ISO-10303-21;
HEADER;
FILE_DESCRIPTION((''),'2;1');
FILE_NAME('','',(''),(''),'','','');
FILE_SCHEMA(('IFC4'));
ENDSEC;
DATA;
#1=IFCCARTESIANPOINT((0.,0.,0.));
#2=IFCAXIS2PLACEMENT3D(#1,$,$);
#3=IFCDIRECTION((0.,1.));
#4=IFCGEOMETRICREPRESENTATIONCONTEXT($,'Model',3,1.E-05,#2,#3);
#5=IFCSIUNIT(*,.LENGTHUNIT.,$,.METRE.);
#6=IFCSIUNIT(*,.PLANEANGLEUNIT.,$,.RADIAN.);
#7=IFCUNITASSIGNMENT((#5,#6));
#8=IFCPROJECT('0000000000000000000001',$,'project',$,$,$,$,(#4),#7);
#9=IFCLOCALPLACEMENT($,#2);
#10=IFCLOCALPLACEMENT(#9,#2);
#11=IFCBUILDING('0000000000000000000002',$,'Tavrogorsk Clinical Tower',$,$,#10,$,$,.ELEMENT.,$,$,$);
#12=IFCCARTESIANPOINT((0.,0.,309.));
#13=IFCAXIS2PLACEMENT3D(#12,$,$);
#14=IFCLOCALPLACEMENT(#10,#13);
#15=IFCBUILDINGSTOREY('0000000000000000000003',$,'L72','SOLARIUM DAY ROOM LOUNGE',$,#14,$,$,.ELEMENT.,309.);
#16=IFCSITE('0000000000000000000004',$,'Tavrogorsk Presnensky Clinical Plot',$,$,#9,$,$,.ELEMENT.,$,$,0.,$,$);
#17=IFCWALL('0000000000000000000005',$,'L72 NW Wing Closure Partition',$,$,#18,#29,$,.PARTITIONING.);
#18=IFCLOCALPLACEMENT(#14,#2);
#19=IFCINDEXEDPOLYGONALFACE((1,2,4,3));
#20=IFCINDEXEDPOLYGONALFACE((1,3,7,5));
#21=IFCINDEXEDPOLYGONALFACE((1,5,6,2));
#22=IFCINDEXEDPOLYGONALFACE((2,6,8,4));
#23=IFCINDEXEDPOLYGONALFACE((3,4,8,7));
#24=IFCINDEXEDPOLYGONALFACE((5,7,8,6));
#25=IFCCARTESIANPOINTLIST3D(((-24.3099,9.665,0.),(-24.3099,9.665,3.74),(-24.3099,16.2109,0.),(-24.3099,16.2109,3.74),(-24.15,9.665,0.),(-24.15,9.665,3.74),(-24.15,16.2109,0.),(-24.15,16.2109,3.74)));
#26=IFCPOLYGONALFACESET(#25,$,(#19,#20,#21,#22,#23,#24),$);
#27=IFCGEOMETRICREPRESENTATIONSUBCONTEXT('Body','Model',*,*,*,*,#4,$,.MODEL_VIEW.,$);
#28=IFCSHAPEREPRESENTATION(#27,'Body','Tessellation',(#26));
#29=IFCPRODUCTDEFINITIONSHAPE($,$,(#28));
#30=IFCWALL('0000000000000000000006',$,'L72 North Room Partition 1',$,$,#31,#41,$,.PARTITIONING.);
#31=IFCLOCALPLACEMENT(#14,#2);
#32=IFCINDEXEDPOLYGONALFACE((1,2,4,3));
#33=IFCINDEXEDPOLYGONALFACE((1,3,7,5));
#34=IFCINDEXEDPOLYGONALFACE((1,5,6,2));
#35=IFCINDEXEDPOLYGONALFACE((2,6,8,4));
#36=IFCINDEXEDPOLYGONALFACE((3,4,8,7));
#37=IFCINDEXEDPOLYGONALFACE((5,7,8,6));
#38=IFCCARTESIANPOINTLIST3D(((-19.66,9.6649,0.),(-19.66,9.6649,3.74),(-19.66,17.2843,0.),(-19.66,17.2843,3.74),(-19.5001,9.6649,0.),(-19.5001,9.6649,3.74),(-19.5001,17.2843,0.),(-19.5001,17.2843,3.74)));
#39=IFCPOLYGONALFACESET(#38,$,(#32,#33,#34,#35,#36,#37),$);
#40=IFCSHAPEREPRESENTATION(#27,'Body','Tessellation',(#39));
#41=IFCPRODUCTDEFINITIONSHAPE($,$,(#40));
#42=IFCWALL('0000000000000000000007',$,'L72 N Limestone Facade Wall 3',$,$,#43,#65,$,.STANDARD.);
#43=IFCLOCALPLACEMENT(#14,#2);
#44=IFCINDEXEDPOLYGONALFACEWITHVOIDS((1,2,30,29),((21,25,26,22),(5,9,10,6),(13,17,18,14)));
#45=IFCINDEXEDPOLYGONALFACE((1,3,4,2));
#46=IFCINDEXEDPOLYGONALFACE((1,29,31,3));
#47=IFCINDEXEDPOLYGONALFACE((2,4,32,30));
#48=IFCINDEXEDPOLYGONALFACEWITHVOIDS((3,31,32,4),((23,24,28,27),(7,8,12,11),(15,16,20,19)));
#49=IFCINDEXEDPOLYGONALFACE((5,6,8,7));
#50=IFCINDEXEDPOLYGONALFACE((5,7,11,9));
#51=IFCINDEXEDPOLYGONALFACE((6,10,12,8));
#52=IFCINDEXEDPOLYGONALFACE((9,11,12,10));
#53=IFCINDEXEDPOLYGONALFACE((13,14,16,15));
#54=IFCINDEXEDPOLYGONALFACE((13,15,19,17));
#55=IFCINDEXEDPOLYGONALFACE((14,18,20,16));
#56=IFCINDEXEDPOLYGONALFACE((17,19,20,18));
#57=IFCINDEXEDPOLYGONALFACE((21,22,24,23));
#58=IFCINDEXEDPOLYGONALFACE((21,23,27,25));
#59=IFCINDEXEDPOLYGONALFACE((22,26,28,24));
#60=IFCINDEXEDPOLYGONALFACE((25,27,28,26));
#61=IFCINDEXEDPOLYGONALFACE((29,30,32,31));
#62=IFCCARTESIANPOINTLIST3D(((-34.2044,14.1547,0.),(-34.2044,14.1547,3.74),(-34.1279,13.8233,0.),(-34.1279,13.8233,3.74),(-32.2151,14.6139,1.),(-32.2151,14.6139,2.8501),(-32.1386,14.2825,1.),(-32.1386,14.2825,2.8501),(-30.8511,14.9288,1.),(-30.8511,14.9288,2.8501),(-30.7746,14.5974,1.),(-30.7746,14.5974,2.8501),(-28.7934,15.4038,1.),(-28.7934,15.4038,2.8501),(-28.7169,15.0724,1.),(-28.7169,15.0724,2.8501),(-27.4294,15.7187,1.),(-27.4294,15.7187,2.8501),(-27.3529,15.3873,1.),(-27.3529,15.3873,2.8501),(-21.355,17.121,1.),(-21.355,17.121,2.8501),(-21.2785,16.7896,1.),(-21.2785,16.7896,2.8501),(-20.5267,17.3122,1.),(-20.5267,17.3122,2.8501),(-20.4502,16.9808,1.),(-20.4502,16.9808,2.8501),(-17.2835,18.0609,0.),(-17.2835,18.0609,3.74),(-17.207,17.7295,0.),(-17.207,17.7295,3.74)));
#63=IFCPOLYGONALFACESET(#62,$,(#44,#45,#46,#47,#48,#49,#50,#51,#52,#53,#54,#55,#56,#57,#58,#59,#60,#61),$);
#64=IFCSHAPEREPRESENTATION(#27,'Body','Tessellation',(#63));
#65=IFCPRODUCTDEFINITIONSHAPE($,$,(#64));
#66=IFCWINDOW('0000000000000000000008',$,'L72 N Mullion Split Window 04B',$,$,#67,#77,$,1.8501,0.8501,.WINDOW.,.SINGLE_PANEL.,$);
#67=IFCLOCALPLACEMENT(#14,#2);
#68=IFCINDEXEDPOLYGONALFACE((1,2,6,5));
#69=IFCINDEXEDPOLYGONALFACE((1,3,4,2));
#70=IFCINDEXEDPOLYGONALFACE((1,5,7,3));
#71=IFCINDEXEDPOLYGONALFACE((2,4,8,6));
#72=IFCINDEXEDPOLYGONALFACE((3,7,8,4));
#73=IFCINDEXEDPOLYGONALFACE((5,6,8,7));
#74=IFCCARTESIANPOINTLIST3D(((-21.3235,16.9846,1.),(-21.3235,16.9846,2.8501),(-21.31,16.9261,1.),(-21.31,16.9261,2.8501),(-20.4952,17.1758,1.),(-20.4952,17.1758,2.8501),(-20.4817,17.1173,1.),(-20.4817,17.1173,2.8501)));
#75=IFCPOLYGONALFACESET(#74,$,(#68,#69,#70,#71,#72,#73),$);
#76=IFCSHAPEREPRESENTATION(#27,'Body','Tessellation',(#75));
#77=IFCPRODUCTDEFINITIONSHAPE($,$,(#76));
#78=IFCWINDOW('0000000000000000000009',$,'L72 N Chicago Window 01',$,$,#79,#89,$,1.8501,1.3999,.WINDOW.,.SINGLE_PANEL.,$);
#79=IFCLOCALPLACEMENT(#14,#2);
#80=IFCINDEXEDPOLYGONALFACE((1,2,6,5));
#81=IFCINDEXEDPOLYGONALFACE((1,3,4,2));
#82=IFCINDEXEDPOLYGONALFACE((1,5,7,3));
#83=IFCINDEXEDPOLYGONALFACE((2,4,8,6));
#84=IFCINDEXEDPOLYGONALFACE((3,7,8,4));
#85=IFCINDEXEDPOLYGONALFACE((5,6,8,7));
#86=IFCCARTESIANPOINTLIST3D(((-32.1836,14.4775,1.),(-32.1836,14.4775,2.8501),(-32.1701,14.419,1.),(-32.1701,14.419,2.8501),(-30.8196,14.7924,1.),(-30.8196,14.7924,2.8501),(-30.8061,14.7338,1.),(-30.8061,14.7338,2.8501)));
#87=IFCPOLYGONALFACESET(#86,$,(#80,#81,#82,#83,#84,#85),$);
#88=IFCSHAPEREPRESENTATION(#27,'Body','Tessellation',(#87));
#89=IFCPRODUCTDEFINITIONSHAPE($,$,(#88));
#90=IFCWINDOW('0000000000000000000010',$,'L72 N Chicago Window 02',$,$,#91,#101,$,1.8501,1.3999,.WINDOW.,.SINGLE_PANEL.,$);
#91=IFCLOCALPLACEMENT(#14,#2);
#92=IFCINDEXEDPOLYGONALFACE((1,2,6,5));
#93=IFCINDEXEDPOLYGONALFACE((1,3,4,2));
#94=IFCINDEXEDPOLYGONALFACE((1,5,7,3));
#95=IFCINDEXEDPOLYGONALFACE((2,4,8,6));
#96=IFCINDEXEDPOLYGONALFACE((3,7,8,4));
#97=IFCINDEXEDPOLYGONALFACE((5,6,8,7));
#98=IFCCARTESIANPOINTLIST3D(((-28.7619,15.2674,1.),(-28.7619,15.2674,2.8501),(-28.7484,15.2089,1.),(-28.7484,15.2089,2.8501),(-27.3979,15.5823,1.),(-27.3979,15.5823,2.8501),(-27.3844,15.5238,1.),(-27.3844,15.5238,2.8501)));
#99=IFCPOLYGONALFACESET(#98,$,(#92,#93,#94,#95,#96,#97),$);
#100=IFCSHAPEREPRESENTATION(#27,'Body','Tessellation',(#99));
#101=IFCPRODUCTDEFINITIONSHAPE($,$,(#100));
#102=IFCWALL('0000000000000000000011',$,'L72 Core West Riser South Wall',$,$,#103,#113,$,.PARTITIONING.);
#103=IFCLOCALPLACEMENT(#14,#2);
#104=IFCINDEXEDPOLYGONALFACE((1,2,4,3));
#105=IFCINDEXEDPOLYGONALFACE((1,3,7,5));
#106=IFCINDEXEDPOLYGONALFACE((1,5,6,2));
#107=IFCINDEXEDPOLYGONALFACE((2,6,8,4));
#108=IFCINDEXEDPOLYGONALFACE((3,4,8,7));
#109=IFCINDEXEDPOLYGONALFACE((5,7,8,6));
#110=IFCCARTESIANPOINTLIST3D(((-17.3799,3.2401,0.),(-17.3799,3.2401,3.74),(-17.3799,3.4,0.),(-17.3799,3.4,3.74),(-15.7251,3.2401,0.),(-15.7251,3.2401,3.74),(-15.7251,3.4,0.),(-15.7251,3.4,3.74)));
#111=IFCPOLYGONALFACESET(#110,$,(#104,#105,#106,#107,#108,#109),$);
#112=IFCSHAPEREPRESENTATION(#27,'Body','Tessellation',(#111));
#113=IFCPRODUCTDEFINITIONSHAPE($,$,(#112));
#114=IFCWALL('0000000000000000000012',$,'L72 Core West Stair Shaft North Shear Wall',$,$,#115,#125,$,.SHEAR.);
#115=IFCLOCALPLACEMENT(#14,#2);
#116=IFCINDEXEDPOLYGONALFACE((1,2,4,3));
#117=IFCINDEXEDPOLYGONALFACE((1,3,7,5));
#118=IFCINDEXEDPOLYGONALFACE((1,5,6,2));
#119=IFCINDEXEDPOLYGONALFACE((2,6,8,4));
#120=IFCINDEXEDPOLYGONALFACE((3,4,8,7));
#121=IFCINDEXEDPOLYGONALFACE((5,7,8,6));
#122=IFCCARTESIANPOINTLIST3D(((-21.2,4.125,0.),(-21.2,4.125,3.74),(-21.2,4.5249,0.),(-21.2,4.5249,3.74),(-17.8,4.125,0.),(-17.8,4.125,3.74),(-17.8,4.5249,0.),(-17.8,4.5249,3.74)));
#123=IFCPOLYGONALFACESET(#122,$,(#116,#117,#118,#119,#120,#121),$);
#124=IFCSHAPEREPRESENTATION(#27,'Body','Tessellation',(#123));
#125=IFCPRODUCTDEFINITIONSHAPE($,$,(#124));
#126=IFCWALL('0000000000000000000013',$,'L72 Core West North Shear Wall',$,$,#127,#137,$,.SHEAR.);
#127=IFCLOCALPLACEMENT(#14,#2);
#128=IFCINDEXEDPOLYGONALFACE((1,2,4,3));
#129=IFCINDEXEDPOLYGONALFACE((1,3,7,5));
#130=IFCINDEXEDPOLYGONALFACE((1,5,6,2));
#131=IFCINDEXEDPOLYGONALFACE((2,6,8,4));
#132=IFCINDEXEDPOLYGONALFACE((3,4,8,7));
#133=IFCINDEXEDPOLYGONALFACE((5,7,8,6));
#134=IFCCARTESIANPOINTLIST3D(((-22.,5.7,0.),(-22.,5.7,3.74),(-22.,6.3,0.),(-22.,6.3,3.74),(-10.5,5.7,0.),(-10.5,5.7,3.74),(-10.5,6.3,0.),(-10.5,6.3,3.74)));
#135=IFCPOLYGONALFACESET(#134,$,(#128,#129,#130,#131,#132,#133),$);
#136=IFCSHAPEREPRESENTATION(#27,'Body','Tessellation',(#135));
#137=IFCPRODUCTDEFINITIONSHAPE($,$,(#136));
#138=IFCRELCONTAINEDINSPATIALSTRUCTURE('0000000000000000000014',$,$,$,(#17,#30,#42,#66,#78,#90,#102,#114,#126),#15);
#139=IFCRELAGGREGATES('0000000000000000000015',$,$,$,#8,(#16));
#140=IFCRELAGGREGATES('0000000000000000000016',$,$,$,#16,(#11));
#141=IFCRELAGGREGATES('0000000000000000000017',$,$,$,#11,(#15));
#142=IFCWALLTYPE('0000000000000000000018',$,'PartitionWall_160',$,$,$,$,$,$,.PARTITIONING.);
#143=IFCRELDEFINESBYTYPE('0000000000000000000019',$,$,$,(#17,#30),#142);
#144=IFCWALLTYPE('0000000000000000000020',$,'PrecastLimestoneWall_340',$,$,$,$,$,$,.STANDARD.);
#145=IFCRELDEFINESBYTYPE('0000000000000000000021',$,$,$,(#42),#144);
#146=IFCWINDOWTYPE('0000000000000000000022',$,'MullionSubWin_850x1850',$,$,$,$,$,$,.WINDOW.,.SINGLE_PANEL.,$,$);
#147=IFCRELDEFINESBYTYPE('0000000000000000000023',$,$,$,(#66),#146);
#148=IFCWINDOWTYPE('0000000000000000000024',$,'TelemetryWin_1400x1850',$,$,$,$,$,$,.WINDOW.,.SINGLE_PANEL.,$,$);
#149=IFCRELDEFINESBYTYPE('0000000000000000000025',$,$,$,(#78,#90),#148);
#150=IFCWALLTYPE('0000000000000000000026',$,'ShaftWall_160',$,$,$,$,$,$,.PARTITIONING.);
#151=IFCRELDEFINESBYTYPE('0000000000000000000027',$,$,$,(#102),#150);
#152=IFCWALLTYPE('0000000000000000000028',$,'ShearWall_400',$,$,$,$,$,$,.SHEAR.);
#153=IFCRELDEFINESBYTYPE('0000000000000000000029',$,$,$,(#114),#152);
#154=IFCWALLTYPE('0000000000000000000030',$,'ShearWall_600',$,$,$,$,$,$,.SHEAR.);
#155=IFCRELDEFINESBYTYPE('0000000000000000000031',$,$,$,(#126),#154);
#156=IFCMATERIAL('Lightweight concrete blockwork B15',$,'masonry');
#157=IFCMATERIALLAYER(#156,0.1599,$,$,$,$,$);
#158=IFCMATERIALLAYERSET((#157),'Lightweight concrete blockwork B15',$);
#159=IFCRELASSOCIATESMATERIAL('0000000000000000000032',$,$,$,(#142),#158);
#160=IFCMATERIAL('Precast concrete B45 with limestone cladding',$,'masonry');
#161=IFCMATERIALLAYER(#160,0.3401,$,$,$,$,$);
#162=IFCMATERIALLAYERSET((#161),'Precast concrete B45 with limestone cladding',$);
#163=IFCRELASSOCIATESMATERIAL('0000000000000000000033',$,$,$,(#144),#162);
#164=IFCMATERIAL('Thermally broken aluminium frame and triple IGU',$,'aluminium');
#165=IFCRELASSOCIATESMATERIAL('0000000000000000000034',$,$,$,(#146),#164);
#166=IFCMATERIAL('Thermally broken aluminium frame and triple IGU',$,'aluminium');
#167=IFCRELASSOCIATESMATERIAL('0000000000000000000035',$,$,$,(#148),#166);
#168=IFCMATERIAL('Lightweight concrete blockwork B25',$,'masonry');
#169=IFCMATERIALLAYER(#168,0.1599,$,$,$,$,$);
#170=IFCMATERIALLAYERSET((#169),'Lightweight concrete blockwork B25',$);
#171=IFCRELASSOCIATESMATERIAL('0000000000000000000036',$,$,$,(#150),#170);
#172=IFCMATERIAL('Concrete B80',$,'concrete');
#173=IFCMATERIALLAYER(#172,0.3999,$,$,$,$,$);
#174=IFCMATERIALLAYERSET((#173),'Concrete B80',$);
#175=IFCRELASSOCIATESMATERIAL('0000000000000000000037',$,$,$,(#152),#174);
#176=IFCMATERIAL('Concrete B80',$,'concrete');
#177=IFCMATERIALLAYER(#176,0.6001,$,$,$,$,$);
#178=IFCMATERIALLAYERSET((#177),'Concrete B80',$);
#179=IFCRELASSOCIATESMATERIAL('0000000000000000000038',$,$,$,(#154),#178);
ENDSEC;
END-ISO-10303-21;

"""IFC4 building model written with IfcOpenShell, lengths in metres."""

from ifc_helpers import new_model, si_unit, direction, frame, frame_2d, origin, place, context, subcontext, project, spatial, rectangle, extrude, material, layer, layer_set, type_object, element, fill, save


model = new_model("IFC4")

# Units and contexts
model_context = context("Model", 3, precision=1e-05, world=origin(), true_north=direction((0.0, 1.0)))
body_context = subcontext(model_context, "Body", "Model", "MODEL_VIEW")
ifc_project = project(units=[si_unit("LENGTHUNIT", "METRE"), si_unit("PLANEANGLEUNIT", "RADIAN")], contexts=[model_context])

# Site, building, storey
site_placement = place(None, origin())
site = spatial("IfcSite", under=ifc_project, at=site_placement, Name="Tavrogorsk Presnensky Clinical Plot", CompositionType="ELEMENT", RefElevation=0.0)
building_placement = place(site_placement, origin())
building = spatial("IfcBuilding", under=site, at=building_placement, Name="Tavrogorsk Clinical Tower", CompositionType="ELEMENT")
storey_placement = place(building_placement, frame((0.0, 0.0, 309.0)))
storey = spatial("IfcBuildingStorey", under=building, at=storey_placement, Name="L72", Description="SOLARIUM DAY ROOM LOUNGE", CompositionType="ELEMENT", Elevation=309.0)

# Shared definitions
ifc_material_1 = material(Name="Lightweight concrete blockwork B15", Category="masonry")
ifc_layer_1 = layer(ifc_material_1, 0.1599)
ifc_layer_set_1 = layer_set([ifc_layer_1], Name="Lightweight concrete blockwork B15")
wall_type_1 = type_object("IfcWallType", Name="PartitionWall_160", PredefinedType="PARTITIONING", material=ifc_layer_set_1)

# Walls
wall_1_placement = place(storey_placement, frame((-24.23, 9.665, 0.0), z_axis=(0.0, 0.0, 1.0), x_axis=(0.0, 1.0, 0.0)))
element("IfcWall", 1, at=wall_1_placement, inside=storey, type_object=wall_type_1, Name="L72 NW Wing Closure Partition", PredefinedType="PARTITIONING", context=body_context, shape_type="SweptSolid", body=[
    extrude(rectangle(XDim=6.5459, YDim=0.1599, at=frame_2d((3.2729, 0.0))), origin(), (0.0, 0.0, 1.0), 3.74),
])
wall_2_placement = place(storey_placement, frame((-19.5801, 9.665, 0.0), z_axis=(0.0, 0.0, 1.0), x_axis=(0.0, 1.0, 0.0)))
element("IfcWall", 2, at=wall_2_placement, inside=storey, type_object=wall_type_1, Name="L72 North Room Partition 1", PredefinedType="PARTITIONING", context=body_context, shape_type="SweptSolid", body=[
    extrude(rectangle(XDim=7.6194, YDim=0.1599, at=frame_2d((3.8096, 0.0))), origin(), (0.0, 0.0, 1.0), 3.74),
])

# Wall, openings, windows
ifc_material_2 = material(Name="Precast concrete B45 with limestone cladding", Category="masonry")
ifc_layer_2 = layer(ifc_material_2, 0.3401)
ifc_layer_set_2 = layer_set([ifc_layer_2], Name="Precast concrete B45 with limestone cladding")
wall_type_2 = type_object("IfcWallType", Name="PrecastLimestoneWall_340", PredefinedType="STANDARD", material=ifc_layer_set_2)
wall_3_placement = place(storey_placement, frame((-17.2451, 17.8953, 0.0), z_axis=(0.0, 0.0, 1.0), x_axis=(-0.974373, -0.224938, 0.0)))
wall_3 = element("IfcWall", 3, at=wall_3_placement, inside=storey, type_object=wall_type_2, Name="L72 N Limestone Facade Wall 3", PredefinedType="STANDARD", context=body_context, shape_type="SweptSolid", body=[
    extrude(rectangle(XDim=17.366, YDim=0.3401, at=frame_2d((8.6831, 0.0))), origin(), (0.0, 0.0, 1.0), 3.74),
])
opening_1_placement = place(wall_3_placement, frame((13.9246, 0.0, 1.0)))
opening_1 = element("IfcOpeningElement", 4, at=opening_1_placement, cuts=wall_3, PredefinedType="OPENING", context=body_context, shape_type="SweptSolid", body=[
    extrude(rectangle(XDim=1.3999, YDim=1.8501, at=frame_2d((0.7, 0.925))), frame((0.0, 0.1799, 0.0), z_axis=(0.0, -1.0, 0.0), x_axis=(1.0, 0.0, 0.0)), (0.0, 0.0, 1.0), 0.3601),
])
opening_2_placement = place(wall_3_placement, frame((10.4128, 0.0, 1.0)))
opening_2 = element("IfcOpeningElement", 5, at=opening_2_placement, cuts=wall_3, PredefinedType="OPENING", context=body_context, shape_type="SweptSolid", body=[
    extrude(rectangle(XDim=1.3999, YDim=1.8501, at=frame_2d((0.7, 0.925))), frame((0.0, 0.1799, 0.0), z_axis=(0.0, -1.0, 0.0), x_axis=(1.0, 0.0, 0.0)), (0.0, 0.0, 1.0), 0.3601),
])
opening_3_placement = place(wall_3_placement, frame((3.3286, 0.0, 1.0)))
opening_3 = element("IfcOpeningElement", 6, at=opening_3_placement, cuts=wall_3, PredefinedType="OPENING", context=body_context, shape_type="SweptSolid", body=[
    extrude(rectangle(XDim=0.8501, YDim=1.8501, at=frame_2d((0.425, 0.925))), frame((0.0, 0.1799, 0.0), z_axis=(0.0, -1.0, 0.0), x_axis=(1.0, 0.0, 0.0)), (0.0, 0.0, 1.0), 0.3601),
])
ifc_material_3 = material(Name="Thermally broken aluminium frame and triple IGU", Category="aluminium")
window_type_1 = type_object("IfcWindowType", Name="MullionSubWin_850x1850", PartitioningType="SINGLE_PANEL", PredefinedType="WINDOW", material=ifc_material_3)
window_1_placement = place(opening_3_placement, origin())
window_1 = element("IfcWindow", 7, at=window_1_placement, inside=storey, type_object=window_type_1, Name="L72 N Mullion Split Window 04B", OverallHeight=1.8501, OverallWidth=0.8501, PartitioningType="SINGLE_PANEL", PredefinedType="WINDOW", context=body_context, shape_type="SweptSolid", body=[
    extrude(rectangle(XDim=0.8501, YDim=1.8501, at=frame_2d((0.425, 0.925))), frame((0.0, 0.03, 0.0), z_axis=(0.0, -1.0, 0.0), x_axis=(1.0, 0.0, 0.0)), (0.0, 0.0, 1.0), 0.0601),
])
fill(opening_3, window_1)
ifc_material_4 = material(Name="Thermally broken aluminium frame and triple IGU", Category="aluminium")
window_type_2 = type_object("IfcWindowType", Name="TelemetryWin_1400x1850", PartitioningType="SINGLE_PANEL", PredefinedType="WINDOW", material=ifc_material_4)
window_2_placement = place(opening_1_placement, origin())
window_2 = element("IfcWindow", 8, at=window_2_placement, inside=storey, type_object=window_type_2, Name="L72 N Chicago Window 01", OverallHeight=1.8501, OverallWidth=1.3999, PartitioningType="SINGLE_PANEL", PredefinedType="WINDOW", context=body_context, shape_type="SweptSolid", body=[
    extrude(rectangle(XDim=1.3999, YDim=1.8501, at=frame_2d((0.7, 0.925))), frame((0.0, 0.03, 0.0), z_axis=(0.0, -1.0, 0.0), x_axis=(1.0, 0.0, 0.0)), (0.0, 0.0, 1.0), 0.0601),
])
fill(opening_1, window_2)
window_3_placement = place(opening_2_placement, origin())
window_3 = element("IfcWindow", 9, at=window_3_placement, inside=storey, type_object=window_type_2, Name="L72 N Chicago Window 02", OverallHeight=1.8501, OverallWidth=1.3999, PartitioningType="SINGLE_PANEL", PredefinedType="WINDOW", context=body_context, shape_type="SweptSolid", body=[
    extrude(rectangle(XDim=1.3999, YDim=1.8501, at=frame_2d((0.7, 0.925))), frame((0.0, 0.03, 0.0), z_axis=(0.0, -1.0, 0.0), x_axis=(1.0, 0.0, 0.0)), (0.0, 0.0, 1.0), 0.0601),
])
fill(opening_2, window_3)

# Walls
ifc_material_5 = material(Name="Lightweight concrete blockwork B25", Category="masonry")
ifc_layer_3 = layer(ifc_material_5, 0.1599)
ifc_layer_set_3 = layer_set([ifc_layer_3], Name="Lightweight concrete blockwork B25")
wall_type_3 = type_object("IfcWallType", Name="ShaftWall_160", PredefinedType="PARTITIONING", material=ifc_layer_set_3)
wall_4_placement = place(storey_placement, frame((-17.3799, 3.3201, 0.0), z_axis=(0.0, 0.0, 1.0), x_axis=(1.0, 0.0, 0.0)))
element("IfcWall", 10, at=wall_4_placement, inside=storey, type_object=wall_type_3, Name="L72 Core West Riser South Wall", PredefinedType="PARTITIONING", context=body_context, shape_type="SweptSolid", body=[
    extrude(rectangle(XDim=1.6548, YDim=0.1599, at=frame_2d((0.8274, 0.0))), origin(), (0.0, 0.0, 1.0), 3.74),
])
ifc_material_6 = material(Name="Concrete B80", Category="concrete")
ifc_layer_4 = layer(ifc_material_6, 0.3999)
ifc_layer_set_4 = layer_set([ifc_layer_4], Name="Concrete B80")
wall_type_4 = type_object("IfcWallType", Name="ShearWall_400", PredefinedType="SHEAR", material=ifc_layer_set_4)
wall_5_placement = place(storey_placement, frame((-21.2, 4.325, 0.0), z_axis=(0.0, 0.0, 1.0), x_axis=(1.0, 0.0, 0.0)))
element("IfcWall", 11, at=wall_5_placement, inside=storey, type_object=wall_type_4, Name="L72 Core West Stair Shaft North Shear Wall", PredefinedType="SHEAR", context=body_context, shape_type="SweptSolid", body=[
    extrude(rectangle(XDim=3.3999, YDim=0.3999, at=frame_2d((1.7, 0.0))), origin(), (0.0, 0.0, 1.0), 3.74),
])
ifc_material_7 = material(Name="Concrete B80", Category="concrete")
ifc_layer_5 = layer(ifc_material_7, 0.6001)
ifc_layer_set_5 = layer_set([ifc_layer_5], Name="Concrete B80")
wall_type_5 = type_object("IfcWallType", Name="ShearWall_600", PredefinedType="SHEAR", material=ifc_layer_set_5)
wall_6_placement = place(storey_placement, frame((-22.0, 6.0, 0.0), z_axis=(0.0, 0.0, 1.0), x_axis=(1.0, 0.0, 0.0)))
element("IfcWall", 12, at=wall_6_placement, inside=storey, type_object=wall_type_5, Name="L72 Core West North Shear Wall", PredefinedType="SHEAR", context=body_context, shape_type="SweptSolid", body=[
    extrude(rectangle(XDim=11.5, YDim=0.6001, at=frame_2d((5.75, 0.0))), origin(), (0.0, 0.0, 1.0), 3.74),
])

save(model, "model.ifc")
